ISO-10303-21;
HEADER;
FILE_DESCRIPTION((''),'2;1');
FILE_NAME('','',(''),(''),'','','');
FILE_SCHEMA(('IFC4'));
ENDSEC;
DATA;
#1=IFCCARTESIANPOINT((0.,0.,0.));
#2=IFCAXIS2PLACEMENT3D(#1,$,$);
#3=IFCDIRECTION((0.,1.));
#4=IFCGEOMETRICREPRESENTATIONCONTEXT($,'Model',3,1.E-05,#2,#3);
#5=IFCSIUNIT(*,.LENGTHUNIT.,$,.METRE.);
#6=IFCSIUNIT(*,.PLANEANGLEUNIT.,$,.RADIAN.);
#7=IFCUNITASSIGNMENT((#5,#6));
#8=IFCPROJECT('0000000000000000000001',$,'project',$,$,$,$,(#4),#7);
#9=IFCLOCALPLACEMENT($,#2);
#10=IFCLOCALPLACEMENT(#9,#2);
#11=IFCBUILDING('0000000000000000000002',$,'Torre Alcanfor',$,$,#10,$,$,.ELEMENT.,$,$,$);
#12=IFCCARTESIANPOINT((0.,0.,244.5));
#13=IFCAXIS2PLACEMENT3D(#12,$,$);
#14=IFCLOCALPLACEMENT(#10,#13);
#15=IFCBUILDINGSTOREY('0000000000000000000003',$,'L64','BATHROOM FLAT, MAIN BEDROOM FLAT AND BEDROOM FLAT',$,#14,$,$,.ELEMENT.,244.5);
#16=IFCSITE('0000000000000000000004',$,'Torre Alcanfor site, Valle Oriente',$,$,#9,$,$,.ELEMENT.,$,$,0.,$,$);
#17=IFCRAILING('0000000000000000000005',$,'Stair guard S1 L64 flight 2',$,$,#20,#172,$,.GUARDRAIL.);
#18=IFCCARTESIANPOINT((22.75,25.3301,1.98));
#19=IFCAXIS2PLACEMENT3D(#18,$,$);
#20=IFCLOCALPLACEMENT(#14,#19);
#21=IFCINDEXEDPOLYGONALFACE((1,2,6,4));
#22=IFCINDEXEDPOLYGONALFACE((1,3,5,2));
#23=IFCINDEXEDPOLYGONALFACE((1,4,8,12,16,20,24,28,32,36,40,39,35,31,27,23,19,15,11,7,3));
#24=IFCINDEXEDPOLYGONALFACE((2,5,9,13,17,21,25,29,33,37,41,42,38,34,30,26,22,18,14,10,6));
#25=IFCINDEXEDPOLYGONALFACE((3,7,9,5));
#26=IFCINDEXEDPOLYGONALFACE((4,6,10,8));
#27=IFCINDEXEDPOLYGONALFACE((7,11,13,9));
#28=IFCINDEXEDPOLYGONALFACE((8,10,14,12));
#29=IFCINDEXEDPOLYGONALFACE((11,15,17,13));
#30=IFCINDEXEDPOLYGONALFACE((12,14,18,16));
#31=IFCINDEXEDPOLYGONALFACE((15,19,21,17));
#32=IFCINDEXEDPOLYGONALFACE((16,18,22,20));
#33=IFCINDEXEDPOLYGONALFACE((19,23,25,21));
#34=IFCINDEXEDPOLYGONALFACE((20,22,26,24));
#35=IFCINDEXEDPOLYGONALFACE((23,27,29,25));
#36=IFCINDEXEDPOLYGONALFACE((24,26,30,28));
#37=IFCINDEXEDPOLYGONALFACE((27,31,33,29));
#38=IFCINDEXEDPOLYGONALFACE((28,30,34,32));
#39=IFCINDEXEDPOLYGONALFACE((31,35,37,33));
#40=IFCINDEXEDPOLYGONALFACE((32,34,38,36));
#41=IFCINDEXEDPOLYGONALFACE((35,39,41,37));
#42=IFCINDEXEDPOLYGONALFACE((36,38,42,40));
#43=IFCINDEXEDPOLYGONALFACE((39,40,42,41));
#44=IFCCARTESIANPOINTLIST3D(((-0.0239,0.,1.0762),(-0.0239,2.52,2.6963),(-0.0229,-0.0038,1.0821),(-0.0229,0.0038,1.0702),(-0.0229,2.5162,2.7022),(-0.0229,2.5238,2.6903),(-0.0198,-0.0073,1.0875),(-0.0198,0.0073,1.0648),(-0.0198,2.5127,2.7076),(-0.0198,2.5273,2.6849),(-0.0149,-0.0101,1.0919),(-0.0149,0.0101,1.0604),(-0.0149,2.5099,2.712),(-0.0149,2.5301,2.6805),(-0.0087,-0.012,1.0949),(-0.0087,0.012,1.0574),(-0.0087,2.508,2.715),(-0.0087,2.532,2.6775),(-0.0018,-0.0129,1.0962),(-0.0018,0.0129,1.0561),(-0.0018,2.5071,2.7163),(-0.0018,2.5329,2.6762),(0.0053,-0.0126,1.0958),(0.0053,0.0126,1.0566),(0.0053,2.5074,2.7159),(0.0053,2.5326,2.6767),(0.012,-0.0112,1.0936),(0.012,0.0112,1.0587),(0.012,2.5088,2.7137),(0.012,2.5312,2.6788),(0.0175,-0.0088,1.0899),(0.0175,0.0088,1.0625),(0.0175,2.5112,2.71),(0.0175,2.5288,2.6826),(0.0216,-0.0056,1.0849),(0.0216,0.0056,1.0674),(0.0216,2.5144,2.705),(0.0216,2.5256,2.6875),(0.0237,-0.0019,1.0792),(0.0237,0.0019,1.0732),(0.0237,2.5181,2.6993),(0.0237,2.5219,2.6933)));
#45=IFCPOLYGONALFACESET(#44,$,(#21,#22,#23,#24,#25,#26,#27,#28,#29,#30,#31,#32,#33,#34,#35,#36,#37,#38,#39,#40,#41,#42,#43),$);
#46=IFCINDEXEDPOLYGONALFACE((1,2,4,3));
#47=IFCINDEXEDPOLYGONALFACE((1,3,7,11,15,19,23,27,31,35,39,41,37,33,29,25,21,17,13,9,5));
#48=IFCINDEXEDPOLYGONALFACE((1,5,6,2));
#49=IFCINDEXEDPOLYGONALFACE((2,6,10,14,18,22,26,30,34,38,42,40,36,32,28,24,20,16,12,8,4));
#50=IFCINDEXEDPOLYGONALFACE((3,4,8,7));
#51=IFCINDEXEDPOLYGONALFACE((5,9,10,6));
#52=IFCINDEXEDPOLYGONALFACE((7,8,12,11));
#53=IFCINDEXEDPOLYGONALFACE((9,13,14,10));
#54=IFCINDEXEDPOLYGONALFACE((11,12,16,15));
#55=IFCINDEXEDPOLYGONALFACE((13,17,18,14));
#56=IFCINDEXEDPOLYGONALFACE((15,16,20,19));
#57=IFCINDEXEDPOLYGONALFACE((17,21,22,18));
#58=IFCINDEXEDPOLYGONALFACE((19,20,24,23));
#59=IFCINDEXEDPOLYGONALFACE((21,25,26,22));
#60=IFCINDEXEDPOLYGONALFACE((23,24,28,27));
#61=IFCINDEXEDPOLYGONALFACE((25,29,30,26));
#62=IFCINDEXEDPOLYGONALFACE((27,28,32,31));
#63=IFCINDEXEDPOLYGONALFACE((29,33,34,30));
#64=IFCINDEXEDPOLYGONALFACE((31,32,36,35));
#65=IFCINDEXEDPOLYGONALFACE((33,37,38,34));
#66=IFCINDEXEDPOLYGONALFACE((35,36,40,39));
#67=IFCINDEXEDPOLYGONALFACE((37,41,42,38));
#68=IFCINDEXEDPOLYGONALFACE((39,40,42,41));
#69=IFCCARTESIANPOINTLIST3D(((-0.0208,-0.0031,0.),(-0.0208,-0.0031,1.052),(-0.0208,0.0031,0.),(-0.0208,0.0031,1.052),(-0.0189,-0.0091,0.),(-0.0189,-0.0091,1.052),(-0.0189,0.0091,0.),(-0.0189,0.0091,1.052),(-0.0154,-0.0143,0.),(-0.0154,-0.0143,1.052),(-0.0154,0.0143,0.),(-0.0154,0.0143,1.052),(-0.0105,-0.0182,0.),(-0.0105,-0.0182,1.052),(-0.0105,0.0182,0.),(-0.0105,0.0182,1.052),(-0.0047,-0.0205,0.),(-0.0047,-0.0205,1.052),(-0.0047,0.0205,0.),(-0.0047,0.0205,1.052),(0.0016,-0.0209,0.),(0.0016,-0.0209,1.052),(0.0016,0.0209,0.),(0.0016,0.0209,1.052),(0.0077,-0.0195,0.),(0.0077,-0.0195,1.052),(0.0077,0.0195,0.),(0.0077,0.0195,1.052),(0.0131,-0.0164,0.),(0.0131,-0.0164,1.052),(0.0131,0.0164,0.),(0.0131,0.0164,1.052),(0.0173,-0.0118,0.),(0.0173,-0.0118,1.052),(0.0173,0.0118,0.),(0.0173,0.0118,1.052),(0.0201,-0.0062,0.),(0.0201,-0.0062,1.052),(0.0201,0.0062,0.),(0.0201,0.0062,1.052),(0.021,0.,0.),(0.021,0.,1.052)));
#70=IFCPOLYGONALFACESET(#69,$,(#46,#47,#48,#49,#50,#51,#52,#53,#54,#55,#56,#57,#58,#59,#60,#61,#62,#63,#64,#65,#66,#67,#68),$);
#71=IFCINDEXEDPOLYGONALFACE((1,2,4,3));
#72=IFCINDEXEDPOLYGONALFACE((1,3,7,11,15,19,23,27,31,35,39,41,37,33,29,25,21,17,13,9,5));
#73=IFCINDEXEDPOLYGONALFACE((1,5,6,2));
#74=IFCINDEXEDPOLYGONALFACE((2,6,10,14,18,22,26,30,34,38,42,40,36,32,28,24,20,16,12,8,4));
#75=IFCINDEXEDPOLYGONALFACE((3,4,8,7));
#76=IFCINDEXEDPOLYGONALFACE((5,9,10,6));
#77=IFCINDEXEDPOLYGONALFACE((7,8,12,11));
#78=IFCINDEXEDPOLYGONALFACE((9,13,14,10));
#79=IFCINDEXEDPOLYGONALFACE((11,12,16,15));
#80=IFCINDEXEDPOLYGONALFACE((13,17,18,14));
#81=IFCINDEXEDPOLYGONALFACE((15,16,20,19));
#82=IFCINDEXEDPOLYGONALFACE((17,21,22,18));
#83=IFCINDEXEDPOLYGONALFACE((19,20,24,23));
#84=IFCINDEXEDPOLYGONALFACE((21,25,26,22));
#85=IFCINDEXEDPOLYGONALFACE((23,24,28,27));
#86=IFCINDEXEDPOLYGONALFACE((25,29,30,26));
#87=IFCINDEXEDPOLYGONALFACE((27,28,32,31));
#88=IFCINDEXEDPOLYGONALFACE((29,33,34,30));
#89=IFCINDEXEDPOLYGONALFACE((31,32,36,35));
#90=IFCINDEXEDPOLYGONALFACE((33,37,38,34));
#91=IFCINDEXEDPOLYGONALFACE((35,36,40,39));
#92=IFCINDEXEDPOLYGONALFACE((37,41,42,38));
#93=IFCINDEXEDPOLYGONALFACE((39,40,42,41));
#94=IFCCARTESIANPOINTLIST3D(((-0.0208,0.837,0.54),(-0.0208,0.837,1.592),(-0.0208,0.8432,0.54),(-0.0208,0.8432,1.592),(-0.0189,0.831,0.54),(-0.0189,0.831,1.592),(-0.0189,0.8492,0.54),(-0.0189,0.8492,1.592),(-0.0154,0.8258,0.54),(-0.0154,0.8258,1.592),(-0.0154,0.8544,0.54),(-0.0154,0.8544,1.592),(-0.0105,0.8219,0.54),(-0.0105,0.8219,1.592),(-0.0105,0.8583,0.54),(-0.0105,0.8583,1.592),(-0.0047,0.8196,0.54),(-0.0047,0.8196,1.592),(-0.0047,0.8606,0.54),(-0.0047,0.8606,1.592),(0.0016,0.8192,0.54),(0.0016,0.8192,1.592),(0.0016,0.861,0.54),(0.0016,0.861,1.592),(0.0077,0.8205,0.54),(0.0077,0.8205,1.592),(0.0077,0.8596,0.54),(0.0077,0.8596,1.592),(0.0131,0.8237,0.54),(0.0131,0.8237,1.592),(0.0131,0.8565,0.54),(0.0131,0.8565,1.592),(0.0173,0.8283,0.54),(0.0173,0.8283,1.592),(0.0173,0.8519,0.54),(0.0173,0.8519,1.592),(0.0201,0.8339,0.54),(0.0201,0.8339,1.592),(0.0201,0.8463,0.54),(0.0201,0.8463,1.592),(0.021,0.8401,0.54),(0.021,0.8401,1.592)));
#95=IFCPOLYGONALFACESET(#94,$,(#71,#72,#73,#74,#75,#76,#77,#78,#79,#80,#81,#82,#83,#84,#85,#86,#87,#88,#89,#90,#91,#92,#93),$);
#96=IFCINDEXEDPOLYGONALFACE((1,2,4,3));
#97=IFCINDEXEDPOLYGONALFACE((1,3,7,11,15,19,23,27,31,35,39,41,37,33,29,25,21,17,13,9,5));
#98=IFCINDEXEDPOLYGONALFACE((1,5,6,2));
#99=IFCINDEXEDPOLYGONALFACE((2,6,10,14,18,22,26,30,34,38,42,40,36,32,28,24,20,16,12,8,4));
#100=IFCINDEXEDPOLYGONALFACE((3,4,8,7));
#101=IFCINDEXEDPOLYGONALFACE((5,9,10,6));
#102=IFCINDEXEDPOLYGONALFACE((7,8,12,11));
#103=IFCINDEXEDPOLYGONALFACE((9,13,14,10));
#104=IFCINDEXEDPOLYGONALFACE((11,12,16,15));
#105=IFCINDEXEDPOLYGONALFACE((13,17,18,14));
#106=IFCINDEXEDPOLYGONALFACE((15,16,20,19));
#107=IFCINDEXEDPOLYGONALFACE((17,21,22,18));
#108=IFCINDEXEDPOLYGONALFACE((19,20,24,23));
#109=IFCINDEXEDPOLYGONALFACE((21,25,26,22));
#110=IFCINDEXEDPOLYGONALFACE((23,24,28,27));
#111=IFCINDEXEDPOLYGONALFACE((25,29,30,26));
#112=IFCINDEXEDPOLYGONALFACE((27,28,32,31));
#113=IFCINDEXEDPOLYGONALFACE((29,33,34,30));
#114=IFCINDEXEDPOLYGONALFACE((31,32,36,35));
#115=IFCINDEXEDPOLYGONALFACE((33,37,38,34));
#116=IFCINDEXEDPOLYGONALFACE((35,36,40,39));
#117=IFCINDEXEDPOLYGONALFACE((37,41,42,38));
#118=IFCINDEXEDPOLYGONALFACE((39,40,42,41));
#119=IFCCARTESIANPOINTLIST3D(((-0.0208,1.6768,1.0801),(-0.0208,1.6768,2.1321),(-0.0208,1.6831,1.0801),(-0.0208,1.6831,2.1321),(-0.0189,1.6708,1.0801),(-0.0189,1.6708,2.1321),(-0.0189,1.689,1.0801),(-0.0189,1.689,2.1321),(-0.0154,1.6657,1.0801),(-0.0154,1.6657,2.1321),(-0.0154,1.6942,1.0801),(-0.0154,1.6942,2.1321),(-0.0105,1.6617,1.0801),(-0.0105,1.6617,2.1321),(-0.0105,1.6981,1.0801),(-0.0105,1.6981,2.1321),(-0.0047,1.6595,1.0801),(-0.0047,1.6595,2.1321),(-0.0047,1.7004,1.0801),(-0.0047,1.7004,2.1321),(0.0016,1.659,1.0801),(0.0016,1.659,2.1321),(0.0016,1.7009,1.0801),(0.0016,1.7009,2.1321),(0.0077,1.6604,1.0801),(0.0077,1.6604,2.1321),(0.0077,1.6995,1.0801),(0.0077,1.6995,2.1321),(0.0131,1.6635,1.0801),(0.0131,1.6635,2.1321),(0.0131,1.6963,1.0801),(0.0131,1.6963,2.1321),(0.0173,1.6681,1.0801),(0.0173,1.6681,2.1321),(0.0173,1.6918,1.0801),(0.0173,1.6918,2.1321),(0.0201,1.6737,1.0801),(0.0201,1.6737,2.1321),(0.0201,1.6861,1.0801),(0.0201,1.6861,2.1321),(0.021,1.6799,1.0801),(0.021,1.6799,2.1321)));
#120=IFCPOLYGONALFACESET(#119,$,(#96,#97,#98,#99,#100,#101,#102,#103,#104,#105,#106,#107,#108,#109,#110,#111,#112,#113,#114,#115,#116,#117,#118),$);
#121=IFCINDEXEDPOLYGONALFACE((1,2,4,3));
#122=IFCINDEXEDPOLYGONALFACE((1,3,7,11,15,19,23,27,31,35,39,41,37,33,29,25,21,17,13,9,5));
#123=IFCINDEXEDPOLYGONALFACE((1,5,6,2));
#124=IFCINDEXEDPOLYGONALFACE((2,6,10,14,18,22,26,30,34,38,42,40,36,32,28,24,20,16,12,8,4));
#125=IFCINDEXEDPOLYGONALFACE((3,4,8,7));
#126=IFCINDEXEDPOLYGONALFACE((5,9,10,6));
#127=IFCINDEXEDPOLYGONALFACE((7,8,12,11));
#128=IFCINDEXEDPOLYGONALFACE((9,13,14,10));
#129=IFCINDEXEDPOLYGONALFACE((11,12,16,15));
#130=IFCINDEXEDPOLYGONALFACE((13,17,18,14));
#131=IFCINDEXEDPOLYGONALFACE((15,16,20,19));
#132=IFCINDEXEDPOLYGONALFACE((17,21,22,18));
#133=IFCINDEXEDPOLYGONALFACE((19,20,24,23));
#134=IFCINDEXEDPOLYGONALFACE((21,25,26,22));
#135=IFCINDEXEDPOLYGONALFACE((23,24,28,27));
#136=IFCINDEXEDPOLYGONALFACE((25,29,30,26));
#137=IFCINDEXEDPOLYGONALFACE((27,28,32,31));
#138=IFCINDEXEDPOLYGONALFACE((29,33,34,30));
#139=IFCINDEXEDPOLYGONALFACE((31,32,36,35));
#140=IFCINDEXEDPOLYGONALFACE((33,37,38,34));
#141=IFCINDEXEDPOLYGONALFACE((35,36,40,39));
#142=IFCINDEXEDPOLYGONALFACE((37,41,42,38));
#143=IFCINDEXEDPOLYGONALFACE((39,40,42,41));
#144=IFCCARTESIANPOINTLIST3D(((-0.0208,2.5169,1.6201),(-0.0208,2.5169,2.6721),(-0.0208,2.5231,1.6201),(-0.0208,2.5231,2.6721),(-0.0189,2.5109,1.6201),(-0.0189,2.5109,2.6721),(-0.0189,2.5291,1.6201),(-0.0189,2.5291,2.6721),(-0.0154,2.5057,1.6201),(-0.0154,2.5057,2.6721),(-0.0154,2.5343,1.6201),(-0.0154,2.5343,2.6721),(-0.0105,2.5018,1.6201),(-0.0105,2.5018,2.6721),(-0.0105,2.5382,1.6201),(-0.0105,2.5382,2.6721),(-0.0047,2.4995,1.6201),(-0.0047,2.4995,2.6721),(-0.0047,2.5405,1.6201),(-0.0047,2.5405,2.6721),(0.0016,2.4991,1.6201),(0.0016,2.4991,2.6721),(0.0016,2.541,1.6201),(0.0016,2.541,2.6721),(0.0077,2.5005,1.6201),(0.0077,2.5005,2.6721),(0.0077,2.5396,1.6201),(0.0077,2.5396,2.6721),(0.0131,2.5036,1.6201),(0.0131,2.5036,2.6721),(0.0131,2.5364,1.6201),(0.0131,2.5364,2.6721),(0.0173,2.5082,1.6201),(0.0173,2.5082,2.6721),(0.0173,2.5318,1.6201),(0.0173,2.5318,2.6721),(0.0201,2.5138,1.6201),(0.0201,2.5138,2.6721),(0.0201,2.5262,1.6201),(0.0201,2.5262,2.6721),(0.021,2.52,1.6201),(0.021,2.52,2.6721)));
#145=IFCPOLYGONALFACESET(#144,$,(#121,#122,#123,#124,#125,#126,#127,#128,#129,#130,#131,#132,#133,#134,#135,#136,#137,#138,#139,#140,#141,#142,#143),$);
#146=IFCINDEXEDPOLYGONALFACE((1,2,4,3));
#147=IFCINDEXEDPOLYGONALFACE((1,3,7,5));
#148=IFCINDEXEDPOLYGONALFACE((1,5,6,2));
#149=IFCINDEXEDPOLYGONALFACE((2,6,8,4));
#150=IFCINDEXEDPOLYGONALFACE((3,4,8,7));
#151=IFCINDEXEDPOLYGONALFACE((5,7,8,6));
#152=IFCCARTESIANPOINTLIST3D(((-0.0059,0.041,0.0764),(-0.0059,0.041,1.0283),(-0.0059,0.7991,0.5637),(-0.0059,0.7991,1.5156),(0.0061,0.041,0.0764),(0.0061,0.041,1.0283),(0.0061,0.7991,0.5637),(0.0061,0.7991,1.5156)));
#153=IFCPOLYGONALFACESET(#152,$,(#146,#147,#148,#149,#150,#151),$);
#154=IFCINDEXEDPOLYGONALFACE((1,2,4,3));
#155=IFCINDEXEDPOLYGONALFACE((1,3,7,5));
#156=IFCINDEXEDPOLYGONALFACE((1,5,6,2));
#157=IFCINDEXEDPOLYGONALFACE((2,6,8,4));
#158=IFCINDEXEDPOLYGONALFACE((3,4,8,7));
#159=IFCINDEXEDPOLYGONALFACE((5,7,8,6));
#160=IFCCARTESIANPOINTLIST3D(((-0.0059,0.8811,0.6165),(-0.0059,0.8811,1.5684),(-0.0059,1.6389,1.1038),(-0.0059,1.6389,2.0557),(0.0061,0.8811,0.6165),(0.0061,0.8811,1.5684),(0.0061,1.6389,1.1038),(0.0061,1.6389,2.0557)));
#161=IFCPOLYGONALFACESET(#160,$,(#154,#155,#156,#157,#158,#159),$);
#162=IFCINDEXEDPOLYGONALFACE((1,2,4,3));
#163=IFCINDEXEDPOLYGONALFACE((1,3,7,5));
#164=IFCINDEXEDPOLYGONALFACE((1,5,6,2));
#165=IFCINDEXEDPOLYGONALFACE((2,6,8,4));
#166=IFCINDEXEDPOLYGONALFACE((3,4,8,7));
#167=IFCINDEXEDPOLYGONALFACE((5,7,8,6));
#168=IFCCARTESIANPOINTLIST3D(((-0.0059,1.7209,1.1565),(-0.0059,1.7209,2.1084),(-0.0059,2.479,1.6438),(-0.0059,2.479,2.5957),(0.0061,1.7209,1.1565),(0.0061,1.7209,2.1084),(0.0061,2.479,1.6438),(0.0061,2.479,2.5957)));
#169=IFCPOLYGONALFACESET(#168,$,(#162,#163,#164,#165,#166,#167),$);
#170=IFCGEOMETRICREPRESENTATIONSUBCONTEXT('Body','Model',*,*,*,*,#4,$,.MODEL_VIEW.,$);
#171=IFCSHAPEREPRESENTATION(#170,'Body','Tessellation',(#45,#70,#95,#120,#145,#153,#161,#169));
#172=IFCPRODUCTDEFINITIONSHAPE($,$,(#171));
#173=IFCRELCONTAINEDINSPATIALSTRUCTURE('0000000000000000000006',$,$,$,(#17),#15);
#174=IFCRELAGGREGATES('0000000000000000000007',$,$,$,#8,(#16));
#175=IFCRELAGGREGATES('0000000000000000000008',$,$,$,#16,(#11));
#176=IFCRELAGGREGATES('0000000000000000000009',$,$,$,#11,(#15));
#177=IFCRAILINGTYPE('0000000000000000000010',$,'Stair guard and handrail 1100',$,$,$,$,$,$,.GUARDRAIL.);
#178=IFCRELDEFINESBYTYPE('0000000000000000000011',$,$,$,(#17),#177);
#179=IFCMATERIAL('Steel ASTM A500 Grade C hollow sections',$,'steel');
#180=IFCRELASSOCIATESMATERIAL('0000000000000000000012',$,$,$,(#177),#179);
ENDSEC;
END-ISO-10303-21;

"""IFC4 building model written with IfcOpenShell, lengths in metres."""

from ifc_helpers import new_model, si_unit, direction, frame, origin, origin_2d, place, context, subcontext, project, spatial, polyline, circle, outline, extrude, material, type_object, element, save


model = new_model("IFC4")

# Units and contexts
model_context = context("Model", 3, precision=1e-05, world=origin(), true_north=direction((0.0, 1.0)))
body_context = subcontext(model_context, "Body", "Model", "MODEL_VIEW")
ifc_project = project(units=[si_unit("LENGTHUNIT", "METRE"), si_unit("PLANEANGLEUNIT", "RADIAN")], contexts=[model_context])

# Site, building, storey
site_placement = place(None, origin())
site = spatial("IfcSite", under=ifc_project, at=site_placement, Name="Torre Alcanfor site, Valle Oriente", CompositionType="ELEMENT", RefElevation=0.0)
building_placement = place(site_placement, origin())
building = spatial("IfcBuilding", under=site, at=building_placement, Name="Torre Alcanfor", CompositionType="ELEMENT")
storey_placement = place(building_placement, frame((0.0, 0.0, 244.5)))
storey = spatial("IfcBuildingStorey", under=building, at=storey_placement, Name="L64", Description="BATHROOM FLAT, MAIN BEDROOM FLAT AND BEDROOM FLAT", CompositionType="ELEMENT", Elevation=244.5)

# Railing
ifc_material_1 = material(Name="Steel ASTM A500 Grade C hollow sections", Category="steel")
railing_type_1 = type_object("IfcRailingType", Name="Stair guard and handrail 1100", PredefinedType="GUARDRAIL", material=ifc_material_1)
railing_1_placement = place(storey_placement, frame((22.75, 25.3301, 1.98)))
element("IfcRailing", 1, at=railing_1_placement, inside=storey, type_object=railing_type_1, Name="Stair guard S1 L64 flight 2", PredefinedType="GUARDRAIL", context=body_context, shape_type="SweptSolid", body=[
    extrude(circle(Radius=0.0239, at=origin_2d()), frame((0.0, 0.0, 1.0762), z_axis=(0.0, 0.841163, 0.540782), x_axis=(-1.0, 0.0, 0.0)), (0.0, 0.0, 1.0), 2.9958),
    extrude(circle(Radius=0.021, at=origin_2d()), origin(), (0.0, 0.0, 1.0), 1.052),
    extrude(circle(Radius=0.021, at=origin_2d()), frame((0.0, 0.8401, 0.54)), (0.0, 0.0, 1.0), 1.052),
    extrude(circle(Radius=0.021, at=origin_2d()), frame((0.0, 1.6799, 1.0801)), (0.0, 0.0, 1.0), 1.052),
    extrude(circle(Radius=0.021, at=origin_2d()), frame((0.0, 2.52, 1.6201)), (0.0, 0.0, 1.0), 1.052),
    extrude(outline(polyline([(0.041, 0.0764), (0.7991, 0.5637), (0.7991, 1.5156), (0.041, 1.0283), (0.041, 0.0764)])), frame((-0.0059, 0.0, 0.0), z_axis=(1.0, 0.0, 0.0), x_axis=(0.0, 1.0, 0.0)), (0.0, 0.0, 1.0), 0.012),
    extrude(outline(polyline([(0.8811, 0.6165), (1.6389, 1.1038), (1.6389, 2.0557), (0.8811, 1.5684), (0.8811, 0.6165)])), frame((-0.0059, 0.0, 0.0), z_axis=(1.0, 0.0, 0.0), x_axis=(0.0, 1.0, 0.0)), (0.0, 0.0, 1.0), 0.012),
    extrude(outline(polyline([(1.7209, 1.1565), (2.479, 1.6438), (2.479, 2.5957), (1.7209, 2.1084), (1.7209, 1.1565)])), frame((-0.0059, 0.0, 0.0), z_axis=(1.0, 0.0, 0.0), x_axis=(0.0, 1.0, 0.0)), (0.0, 0.0, 1.0), 0.012),
])

save(model, "model.ifc")
